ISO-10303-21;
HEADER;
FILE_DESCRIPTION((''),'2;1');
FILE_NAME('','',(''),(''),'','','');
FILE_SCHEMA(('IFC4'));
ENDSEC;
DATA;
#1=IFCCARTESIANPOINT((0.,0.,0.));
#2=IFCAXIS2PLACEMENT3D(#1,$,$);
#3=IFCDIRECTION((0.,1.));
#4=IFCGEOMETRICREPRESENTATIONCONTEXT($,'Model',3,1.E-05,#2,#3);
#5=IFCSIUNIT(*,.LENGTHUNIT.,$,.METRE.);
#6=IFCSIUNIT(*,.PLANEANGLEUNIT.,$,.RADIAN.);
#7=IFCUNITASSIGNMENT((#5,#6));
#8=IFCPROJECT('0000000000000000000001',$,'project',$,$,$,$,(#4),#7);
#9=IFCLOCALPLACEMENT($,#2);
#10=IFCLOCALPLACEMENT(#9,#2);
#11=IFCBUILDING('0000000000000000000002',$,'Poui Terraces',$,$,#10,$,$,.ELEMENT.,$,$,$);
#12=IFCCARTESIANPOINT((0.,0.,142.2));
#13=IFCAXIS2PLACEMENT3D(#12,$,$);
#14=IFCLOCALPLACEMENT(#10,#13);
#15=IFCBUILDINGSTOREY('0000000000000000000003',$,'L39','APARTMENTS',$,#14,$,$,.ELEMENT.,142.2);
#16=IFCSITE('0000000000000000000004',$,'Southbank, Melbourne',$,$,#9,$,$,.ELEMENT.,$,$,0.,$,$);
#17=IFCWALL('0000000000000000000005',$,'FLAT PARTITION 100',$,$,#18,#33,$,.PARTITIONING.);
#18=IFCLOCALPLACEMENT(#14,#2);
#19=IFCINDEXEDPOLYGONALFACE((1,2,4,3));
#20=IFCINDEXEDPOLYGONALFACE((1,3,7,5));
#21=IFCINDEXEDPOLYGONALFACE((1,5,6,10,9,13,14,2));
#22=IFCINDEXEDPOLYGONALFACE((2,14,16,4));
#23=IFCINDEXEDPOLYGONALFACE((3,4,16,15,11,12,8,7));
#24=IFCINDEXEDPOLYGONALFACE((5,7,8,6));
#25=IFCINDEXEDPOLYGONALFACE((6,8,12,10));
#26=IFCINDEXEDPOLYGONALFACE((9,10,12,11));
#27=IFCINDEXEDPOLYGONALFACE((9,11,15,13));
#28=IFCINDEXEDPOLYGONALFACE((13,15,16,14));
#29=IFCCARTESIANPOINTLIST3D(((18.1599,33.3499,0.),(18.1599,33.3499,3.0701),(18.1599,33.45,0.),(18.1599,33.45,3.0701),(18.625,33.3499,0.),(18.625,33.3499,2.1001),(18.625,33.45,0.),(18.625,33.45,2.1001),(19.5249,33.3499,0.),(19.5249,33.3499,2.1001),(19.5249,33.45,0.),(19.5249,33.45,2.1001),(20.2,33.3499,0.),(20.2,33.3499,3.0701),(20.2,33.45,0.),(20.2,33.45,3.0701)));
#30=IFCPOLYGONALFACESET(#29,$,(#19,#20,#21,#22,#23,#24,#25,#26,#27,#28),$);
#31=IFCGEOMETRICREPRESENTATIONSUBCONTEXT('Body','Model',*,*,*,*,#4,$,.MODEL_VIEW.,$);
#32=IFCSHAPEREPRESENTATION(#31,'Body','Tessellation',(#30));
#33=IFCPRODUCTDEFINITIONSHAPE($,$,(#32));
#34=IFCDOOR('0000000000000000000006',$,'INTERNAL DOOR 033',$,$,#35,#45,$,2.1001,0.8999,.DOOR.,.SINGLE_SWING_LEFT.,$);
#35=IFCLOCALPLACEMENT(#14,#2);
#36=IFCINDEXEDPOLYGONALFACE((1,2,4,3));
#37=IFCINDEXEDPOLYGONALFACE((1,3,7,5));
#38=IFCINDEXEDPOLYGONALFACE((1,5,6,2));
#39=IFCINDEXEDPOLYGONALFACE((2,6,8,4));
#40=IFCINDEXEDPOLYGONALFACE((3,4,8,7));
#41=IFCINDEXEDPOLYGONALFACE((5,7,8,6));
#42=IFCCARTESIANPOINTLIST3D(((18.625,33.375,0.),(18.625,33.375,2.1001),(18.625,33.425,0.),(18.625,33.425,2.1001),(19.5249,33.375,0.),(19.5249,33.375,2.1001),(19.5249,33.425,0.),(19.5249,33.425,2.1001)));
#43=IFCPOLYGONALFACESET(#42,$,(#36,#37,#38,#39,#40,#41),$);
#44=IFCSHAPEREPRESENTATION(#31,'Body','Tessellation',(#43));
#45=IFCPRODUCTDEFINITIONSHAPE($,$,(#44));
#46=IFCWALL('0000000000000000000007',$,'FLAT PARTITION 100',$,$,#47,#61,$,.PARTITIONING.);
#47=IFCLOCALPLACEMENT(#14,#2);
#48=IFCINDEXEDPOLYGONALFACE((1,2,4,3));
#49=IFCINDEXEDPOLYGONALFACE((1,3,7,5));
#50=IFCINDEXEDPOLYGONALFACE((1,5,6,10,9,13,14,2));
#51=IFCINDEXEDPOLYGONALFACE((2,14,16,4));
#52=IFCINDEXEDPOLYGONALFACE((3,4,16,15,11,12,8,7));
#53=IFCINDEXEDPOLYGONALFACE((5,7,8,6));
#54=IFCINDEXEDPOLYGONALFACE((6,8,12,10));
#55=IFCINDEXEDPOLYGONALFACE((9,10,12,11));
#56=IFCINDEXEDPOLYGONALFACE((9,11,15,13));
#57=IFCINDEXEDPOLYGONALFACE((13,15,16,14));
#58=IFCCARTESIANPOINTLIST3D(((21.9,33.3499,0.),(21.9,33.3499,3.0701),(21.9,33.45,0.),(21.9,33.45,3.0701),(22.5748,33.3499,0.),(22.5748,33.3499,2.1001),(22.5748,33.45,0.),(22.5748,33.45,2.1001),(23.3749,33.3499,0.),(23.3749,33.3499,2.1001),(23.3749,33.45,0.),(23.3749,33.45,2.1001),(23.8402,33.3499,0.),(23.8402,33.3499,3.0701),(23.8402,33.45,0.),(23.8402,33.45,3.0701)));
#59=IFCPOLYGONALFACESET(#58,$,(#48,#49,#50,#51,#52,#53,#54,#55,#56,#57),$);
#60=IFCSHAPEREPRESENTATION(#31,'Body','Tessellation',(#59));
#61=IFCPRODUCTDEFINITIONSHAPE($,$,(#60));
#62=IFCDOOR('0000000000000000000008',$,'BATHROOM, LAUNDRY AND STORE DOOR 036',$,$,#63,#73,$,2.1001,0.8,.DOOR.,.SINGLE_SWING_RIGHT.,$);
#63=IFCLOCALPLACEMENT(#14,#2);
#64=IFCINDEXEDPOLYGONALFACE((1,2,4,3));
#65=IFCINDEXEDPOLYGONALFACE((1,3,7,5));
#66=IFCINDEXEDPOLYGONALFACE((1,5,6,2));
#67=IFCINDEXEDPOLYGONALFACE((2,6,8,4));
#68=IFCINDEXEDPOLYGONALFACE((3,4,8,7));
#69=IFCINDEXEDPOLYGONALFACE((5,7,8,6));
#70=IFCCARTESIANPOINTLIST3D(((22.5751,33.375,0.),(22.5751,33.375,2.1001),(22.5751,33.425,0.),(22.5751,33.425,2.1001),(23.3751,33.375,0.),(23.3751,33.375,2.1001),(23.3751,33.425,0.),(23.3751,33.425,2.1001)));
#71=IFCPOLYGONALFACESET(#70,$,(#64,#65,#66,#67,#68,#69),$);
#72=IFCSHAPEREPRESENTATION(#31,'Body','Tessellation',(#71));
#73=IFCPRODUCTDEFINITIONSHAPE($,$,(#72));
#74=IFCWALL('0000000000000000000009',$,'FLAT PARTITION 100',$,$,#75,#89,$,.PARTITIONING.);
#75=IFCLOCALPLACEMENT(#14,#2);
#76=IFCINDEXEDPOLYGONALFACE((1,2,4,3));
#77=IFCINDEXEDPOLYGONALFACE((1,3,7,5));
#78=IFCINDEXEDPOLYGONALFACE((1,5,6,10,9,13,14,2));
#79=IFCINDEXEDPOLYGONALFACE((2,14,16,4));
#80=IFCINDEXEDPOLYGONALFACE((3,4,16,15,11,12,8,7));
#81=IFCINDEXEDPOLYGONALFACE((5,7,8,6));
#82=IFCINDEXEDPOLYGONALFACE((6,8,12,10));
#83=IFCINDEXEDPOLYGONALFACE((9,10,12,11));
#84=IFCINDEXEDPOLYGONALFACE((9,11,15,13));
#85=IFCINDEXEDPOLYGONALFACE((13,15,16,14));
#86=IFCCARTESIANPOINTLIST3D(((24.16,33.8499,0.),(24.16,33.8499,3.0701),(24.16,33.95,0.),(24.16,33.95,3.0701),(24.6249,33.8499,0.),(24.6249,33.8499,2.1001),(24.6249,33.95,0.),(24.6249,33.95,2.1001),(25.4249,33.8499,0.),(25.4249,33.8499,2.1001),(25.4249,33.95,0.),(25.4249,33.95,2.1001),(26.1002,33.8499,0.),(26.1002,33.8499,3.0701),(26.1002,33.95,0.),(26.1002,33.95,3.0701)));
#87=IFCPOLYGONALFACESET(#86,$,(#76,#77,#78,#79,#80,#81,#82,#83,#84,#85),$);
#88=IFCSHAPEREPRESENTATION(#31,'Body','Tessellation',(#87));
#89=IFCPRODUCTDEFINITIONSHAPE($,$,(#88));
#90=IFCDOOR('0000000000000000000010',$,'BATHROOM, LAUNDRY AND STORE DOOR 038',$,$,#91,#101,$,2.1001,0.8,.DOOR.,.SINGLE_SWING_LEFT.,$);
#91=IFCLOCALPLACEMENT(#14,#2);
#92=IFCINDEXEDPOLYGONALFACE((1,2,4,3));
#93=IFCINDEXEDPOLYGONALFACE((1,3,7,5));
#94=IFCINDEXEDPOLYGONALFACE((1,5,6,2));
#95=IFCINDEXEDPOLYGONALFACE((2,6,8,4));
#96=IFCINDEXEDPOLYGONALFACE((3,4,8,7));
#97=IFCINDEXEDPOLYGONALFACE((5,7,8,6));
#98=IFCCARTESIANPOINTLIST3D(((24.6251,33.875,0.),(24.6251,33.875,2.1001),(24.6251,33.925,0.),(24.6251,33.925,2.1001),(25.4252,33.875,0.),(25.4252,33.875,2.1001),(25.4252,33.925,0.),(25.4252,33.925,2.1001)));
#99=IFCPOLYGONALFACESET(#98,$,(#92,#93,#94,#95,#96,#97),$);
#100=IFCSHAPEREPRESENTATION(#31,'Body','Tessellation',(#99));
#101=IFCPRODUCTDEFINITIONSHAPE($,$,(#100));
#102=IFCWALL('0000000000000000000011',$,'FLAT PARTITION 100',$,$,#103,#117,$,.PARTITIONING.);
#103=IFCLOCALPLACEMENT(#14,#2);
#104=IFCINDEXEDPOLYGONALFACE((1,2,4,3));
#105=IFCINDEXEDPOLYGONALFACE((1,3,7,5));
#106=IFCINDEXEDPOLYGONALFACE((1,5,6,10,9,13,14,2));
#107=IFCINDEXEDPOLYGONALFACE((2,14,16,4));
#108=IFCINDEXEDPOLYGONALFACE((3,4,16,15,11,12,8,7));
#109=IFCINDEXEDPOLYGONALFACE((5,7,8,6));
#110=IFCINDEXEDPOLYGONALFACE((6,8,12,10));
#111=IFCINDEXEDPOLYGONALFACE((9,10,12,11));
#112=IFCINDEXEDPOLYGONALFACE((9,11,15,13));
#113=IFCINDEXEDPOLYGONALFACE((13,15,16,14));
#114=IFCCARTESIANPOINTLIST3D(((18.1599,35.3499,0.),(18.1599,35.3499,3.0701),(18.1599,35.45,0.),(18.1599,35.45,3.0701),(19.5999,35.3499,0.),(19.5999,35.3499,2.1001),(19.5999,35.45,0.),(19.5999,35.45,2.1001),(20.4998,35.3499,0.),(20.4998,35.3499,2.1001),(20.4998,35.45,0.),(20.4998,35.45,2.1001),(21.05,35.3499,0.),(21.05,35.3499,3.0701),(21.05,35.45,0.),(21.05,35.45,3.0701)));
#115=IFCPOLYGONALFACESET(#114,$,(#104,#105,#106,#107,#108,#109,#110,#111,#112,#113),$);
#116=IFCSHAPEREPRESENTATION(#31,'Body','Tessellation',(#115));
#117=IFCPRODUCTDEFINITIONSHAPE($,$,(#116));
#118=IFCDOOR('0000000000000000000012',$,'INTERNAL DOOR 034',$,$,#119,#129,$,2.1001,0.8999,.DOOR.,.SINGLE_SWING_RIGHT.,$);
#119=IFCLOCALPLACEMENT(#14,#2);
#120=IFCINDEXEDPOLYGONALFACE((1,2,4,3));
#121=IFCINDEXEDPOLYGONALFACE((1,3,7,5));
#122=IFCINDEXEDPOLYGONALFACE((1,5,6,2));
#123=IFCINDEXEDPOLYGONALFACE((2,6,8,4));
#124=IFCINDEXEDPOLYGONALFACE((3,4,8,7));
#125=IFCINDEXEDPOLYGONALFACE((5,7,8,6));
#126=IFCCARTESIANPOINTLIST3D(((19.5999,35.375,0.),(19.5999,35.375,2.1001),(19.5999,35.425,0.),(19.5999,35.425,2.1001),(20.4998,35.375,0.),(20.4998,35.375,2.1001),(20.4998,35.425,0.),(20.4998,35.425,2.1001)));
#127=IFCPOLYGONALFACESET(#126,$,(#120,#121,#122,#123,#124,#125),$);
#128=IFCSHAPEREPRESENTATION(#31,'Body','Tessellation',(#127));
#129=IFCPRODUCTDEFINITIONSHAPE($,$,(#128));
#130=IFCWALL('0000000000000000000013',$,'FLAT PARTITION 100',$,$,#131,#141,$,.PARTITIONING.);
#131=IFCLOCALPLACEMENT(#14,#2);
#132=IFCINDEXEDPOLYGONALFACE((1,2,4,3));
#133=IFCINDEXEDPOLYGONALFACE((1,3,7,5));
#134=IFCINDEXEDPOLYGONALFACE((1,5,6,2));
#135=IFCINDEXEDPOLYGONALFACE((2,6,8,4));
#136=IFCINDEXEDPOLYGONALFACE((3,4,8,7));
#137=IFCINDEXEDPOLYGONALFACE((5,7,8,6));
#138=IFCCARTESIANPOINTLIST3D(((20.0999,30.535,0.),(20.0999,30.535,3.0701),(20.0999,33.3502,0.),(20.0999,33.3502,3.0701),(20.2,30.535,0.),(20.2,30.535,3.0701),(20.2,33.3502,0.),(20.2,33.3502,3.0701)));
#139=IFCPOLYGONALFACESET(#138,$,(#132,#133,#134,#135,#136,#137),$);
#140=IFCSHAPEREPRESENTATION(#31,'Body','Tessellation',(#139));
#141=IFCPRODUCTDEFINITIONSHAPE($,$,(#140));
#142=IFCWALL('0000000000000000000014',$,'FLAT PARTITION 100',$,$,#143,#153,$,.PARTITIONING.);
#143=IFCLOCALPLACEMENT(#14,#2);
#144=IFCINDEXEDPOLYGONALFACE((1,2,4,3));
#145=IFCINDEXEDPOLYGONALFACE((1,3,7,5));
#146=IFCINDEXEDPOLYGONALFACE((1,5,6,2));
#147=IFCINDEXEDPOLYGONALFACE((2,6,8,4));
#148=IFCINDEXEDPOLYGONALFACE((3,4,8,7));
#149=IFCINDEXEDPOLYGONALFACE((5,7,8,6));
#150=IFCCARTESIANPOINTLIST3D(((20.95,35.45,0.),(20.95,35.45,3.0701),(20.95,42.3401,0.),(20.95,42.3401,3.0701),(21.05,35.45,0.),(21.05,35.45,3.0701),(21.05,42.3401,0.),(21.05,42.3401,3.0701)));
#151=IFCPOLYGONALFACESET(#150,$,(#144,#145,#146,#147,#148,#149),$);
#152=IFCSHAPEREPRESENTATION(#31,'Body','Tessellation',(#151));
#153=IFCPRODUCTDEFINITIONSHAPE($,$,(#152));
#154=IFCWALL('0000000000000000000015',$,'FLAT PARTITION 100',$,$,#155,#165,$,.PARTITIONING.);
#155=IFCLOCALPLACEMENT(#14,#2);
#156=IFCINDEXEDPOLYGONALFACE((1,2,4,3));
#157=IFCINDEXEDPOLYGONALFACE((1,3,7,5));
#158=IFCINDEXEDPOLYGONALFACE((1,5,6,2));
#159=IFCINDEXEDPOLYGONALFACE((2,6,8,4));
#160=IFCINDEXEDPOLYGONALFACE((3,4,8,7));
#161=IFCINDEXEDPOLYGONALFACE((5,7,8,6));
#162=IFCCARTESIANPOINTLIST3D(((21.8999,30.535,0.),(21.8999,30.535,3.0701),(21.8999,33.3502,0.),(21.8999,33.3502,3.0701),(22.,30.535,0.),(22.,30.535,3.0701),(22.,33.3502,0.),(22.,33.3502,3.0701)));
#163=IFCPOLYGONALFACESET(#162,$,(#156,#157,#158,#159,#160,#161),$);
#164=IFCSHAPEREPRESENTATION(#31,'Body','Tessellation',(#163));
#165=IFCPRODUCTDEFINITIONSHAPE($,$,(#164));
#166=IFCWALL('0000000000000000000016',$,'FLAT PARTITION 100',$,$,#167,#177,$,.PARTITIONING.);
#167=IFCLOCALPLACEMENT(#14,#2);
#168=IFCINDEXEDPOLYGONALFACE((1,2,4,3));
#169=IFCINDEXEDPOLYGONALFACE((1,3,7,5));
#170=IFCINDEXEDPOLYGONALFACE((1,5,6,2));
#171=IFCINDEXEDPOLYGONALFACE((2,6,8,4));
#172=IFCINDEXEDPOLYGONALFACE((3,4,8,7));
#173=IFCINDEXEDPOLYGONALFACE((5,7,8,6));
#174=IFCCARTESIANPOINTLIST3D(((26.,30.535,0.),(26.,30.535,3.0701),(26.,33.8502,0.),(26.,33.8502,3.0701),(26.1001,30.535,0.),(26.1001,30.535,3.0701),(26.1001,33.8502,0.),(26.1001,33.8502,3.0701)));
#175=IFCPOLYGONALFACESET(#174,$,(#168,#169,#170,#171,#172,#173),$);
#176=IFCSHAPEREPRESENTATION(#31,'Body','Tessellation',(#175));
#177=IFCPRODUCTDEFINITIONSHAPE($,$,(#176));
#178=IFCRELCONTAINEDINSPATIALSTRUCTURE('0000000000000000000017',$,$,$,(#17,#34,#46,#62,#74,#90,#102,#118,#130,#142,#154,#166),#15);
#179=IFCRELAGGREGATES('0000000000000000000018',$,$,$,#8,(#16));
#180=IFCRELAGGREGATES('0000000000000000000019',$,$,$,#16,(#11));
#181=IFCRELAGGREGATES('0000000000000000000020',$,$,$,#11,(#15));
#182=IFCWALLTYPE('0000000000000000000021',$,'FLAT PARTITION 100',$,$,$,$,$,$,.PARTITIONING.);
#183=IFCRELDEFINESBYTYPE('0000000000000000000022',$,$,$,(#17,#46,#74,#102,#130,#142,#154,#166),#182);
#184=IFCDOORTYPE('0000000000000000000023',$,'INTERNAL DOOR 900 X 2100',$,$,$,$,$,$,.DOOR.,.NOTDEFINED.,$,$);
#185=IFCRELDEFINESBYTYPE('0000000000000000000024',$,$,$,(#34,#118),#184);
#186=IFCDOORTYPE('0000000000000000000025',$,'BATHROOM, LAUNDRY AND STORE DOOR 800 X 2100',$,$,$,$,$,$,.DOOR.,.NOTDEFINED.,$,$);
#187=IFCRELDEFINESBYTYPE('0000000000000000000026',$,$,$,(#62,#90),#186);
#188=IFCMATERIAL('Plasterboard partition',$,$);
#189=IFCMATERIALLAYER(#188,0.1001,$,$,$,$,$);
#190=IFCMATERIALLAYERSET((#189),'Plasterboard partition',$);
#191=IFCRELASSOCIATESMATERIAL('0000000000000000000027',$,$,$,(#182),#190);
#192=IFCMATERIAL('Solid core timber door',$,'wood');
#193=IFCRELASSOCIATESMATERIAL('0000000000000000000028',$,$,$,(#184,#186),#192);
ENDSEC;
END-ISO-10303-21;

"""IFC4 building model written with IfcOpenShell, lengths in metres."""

from ifc_helpers import new_model, si_unit, direction, frame, frame_2d, origin, place, context, subcontext, project, spatial, rectangle, extrude, material, layer, layer_set, type_object, element, fill, save


model = new_model("IFC4")

# Units and contexts
model_context = context("Model", 3, precision=1e-05, world=origin(), true_north=direction((0.0, 1.0)))
body_context = subcontext(model_context, "Body", "Model", "MODEL_VIEW")
ifc_project = project(units=[si_unit("LENGTHUNIT", "METRE"), si_unit("PLANEANGLEUNIT", "RADIAN")], contexts=[model_context])

# Site, building, storey
site_placement = place(None, origin())
site = spatial("IfcSite", under=ifc_project, at=site_placement, Name="Southbank, Melbourne", CompositionType="ELEMENT", RefElevation=0.0)
building_placement = place(site_placement, origin())
building = spatial("IfcBuilding", under=site, at=building_placement, Name="Poui Terraces", CompositionType="ELEMENT")
storey_placement = place(building_placement, frame((0.0, 0.0, 142.2)))
storey = spatial("IfcBuildingStorey", under=building, at=storey_placement, Name="L39", Description="APARTMENTS", CompositionType="ELEMENT", Elevation=142.2)

# Shared definitions
ifc_material_1 = material(Name="Solid core timber door", Category="wood")

# Walls, openings, doors
ifc_material_2 = material(Name="Plasterboard partition")
ifc_layer_1 = layer(ifc_material_2, 0.1001)
ifc_layer_set_1 = layer_set([ifc_layer_1], Name="Plasterboard partition")
wall_type_1 = type_object("IfcWallType", Name="FLAT PARTITION 100", PredefinedType="PARTITIONING", material=ifc_layer_set_1)
wall_1_placement = place(storey_placement, frame((18.1599, 33.3999, 0.0), z_axis=(0.0, 0.0, 1.0), x_axis=(1.0, 0.0, 0.0)))
wall_1 = element("IfcWall", 1, at=wall_1_placement, inside=storey, type_object=wall_type_1, Name="FLAT PARTITION 100", PredefinedType="PARTITIONING", context=body_context, shape_type="SweptSolid", body=[
    extrude(rectangle(XDim=2.04, YDim=0.1001, at=frame_2d((1.02, 0.0))), origin(), (0.0, 0.0, 1.0), 3.0701),
])
opening_1_placement = place(wall_1_placement, frame((0.4651, 0.0, 0.0)))
opening_1 = element("IfcOpeningElement", 2, at=opening_1_placement, cuts=wall_1, PredefinedType="OPENING", context=body_context, shape_type="SweptSolid", body=[
    extrude(rectangle(XDim=0.8999, YDim=2.1001, at=frame_2d((0.45, 1.05))), frame((0.0, 0.0601, 0.0), z_axis=(0.0, -1.0, 0.0), x_axis=(1.0, 0.0, 0.0)), (0.0, 0.0, 1.0), 0.1201),
])
door_type_1 = type_object("IfcDoorType", Name="INTERNAL DOOR 900 X 2100", OperationType="NOTDEFINED", PredefinedType="DOOR", material=ifc_material_1)
door_1_placement = place(opening_1_placement, frame((0.8999, 0.0, 0.0), z_axis=(0.0, 0.0, 1.0), x_axis=(-1.0, 0.0, 0.0)))
door_1 = element("IfcDoor", 3, at=door_1_placement, inside=storey, type_object=door_type_1, Name="INTERNAL DOOR 033", OperationType="SINGLE_SWING_LEFT", OverallHeight=2.1001, OverallWidth=0.8999, PredefinedType="DOOR", context=body_context, shape_type="SweptSolid", body=[
    extrude(rectangle(XDim=0.8999, YDim=2.1001, at=frame_2d((0.45, 1.05))), frame((0.0, 0.0249, 0.0), z_axis=(0.0, -1.0, 0.0), x_axis=(1.0, 0.0, 0.0)), (0.0, 0.0, 1.0), 0.05),
])
fill(opening_1, door_1)
wall_2_placement = place(storey_placement, frame((21.8999, 33.3999, 0.0), z_axis=(0.0, 0.0, 1.0), x_axis=(1.0, 0.0, 0.0)))
wall_2 = element("IfcWall", 4, at=wall_2_placement, inside=storey, type_object=wall_type_1, Name="FLAT PARTITION 100", PredefinedType="PARTITIONING", context=body_context, shape_type="SweptSolid", body=[
    extrude(rectangle(XDim=1.9402, YDim=0.1001, at=frame_2d((0.9702, 0.0))), origin(), (0.0, 0.0, 1.0), 3.0701),
])
opening_2_placement = place(wall_2_placement, frame((0.675, 0.0, 0.0)))
opening_2 = element("IfcOpeningElement", 5, at=opening_2_placement, cuts=wall_2, PredefinedType="OPENING", context=body_context, shape_type="SweptSolid", body=[
    extrude(rectangle(XDim=0.8, YDim=2.1001, at=frame_2d((0.3999, 1.05))), frame((0.0, 0.0601, 0.0), z_axis=(0.0, -1.0, 0.0), x_axis=(1.0, 0.0, 0.0)), (0.0, 0.0, 1.0), 0.1201),
])
door_type_2 = type_object("IfcDoorType", Name="BATHROOM, LAUNDRY AND STORE DOOR 800 X 2100", OperationType="NOTDEFINED", PredefinedType="DOOR", material=ifc_material_1)
door_2_placement = place(opening_2_placement, frame((0.8, 0.0, 0.0), z_axis=(0.0, 0.0, 1.0), x_axis=(-1.0, 0.0, 0.0)))
door_2 = element("IfcDoor", 6, at=door_2_placement, inside=storey, type_object=door_type_2, Name="BATHROOM, LAUNDRY AND STORE DOOR 036", OperationType="SINGLE_SWING_RIGHT", OverallHeight=2.1001, OverallWidth=0.8, PredefinedType="DOOR", context=body_context, shape_type="SweptSolid", body=[
    extrude(rectangle(XDim=0.8, YDim=2.1001, at=frame_2d((0.3999, 1.05))), frame((0.0, 0.0249, 0.0), z_axis=(0.0, -1.0, 0.0), x_axis=(1.0, 0.0, 0.0)), (0.0, 0.0, 1.0), 0.05),
])
fill(opening_2, door_2)
wall_3_placement = place(storey_placement, frame((24.1599, 33.8999, 0.0), z_axis=(0.0, 0.0, 1.0), x_axis=(1.0, 0.0, 0.0)))
wall_3 = element("IfcWall", 7, at=wall_3_placement, inside=storey, type_object=wall_type_1, Name="FLAT PARTITION 100", PredefinedType="PARTITIONING", context=body_context, shape_type="SweptSolid", body=[
    extrude(rectangle(XDim=1.9402, YDim=0.1001, at=frame_2d((0.9702, 0.0))), origin(), (0.0, 0.0, 1.0), 3.0701),
])
opening_3_placement = place(wall_3_placement, frame((0.4651, 0.0, 0.0)))
opening_3 = element("IfcOpeningElement", 8, at=opening_3_placement, cuts=wall_3, PredefinedType="OPENING", context=body_context, shape_type="SweptSolid", body=[
    extrude(rectangle(XDim=0.8, YDim=2.1001, at=frame_2d((0.3999, 1.05))), frame((0.0, 0.0601, 0.0), z_axis=(0.0, -1.0, 0.0), x_axis=(1.0, 0.0, 0.0)), (0.0, 0.0, 1.0), 0.1201),
])
door_3_placement = place(opening_3_placement, frame((0.8, 0.0, 0.0), z_axis=(0.0, 0.0, 1.0), x_axis=(-1.0, 0.0, 0.0)))
door_3 = element("IfcDoor", 9, at=door_3_placement, inside=storey, type_object=door_type_2, Name="BATHROOM, LAUNDRY AND STORE DOOR 038", OperationType="SINGLE_SWING_LEFT", OverallHeight=2.1001, OverallWidth=0.8, PredefinedType="DOOR", context=body_context, shape_type="SweptSolid", body=[
    extrude(rectangle(XDim=0.8, YDim=2.1001, at=frame_2d((0.3999, 1.05))), frame((0.0, 0.0249, 0.0), z_axis=(0.0, -1.0, 0.0), x_axis=(1.0, 0.0, 0.0)), (0.0, 0.0, 1.0), 0.05),
])
fill(opening_3, door_3)
wall_4_placement = place(storey_placement, frame((18.1599, 35.3999, 0.0), z_axis=(0.0, 0.0, 1.0), x_axis=(1.0, 0.0, 0.0)))
wall_4 = element("IfcWall", 10, at=wall_4_placement, inside=storey, type_object=wall_type_1, Name="FLAT PARTITION 100", PredefinedType="PARTITIONING", context=body_context, shape_type="SweptSolid", body=[
    extrude(rectangle(XDim=2.8901, YDim=0.1001, at=frame_2d((1.4451, 0.0))), origin(), (0.0, 0.0, 1.0), 3.0701),
])
opening_4_placement = place(wall_4_placement, frame((1.4399, 0.0, 0.0)))
opening_4 = element("IfcOpeningElement", 11, at=opening_4_placement, cuts=wall_4, PredefinedType="OPENING", context=body_context, shape_type="SweptSolid", body=[
    extrude(rectangle(XDim=0.8999, YDim=2.1001, at=frame_2d((0.45, 1.05))), frame((0.0, 0.0601, 0.0), z_axis=(0.0, -1.0, 0.0), x_axis=(1.0, 0.0, 0.0)), (0.0, 0.0, 1.0), 0.1201),
])
door_4_placement = place(opening_4_placement, frame((0.8999, 0.0, 0.0), z_axis=(0.0, 0.0, 1.0), x_axis=(-1.0, 0.0, 0.0)))
door_4 = element("IfcDoor", 12, at=door_4_placement, inside=storey, type_object=door_type_1, Name="INTERNAL DOOR 034", OperationType="SINGLE_SWING_RIGHT", OverallHeight=2.1001, OverallWidth=0.8999, PredefinedType="DOOR", context=body_context, shape_type="SweptSolid", body=[
    extrude(rectangle(XDim=0.8999, YDim=2.1001, at=frame_2d((0.45, 1.05))), frame((0.0, 0.0249, 0.0), z_axis=(0.0, -1.0, 0.0), x_axis=(1.0, 0.0, 0.0)), (0.0, 0.0, 1.0), 0.05),
])
fill(opening_4, door_4)

# Walls
wall_5_placement = place(storey_placement, frame((20.1499, 30.5349, 0.0), z_axis=(0.0, 0.0, 1.0), x_axis=(0.0, 1.0, 0.0)))
element("IfcWall", 13, at=wall_5_placement, inside=storey, type_object=wall_type_1, Name="FLAT PARTITION 100", PredefinedType="PARTITIONING", context=body_context, shape_type="SweptSolid", body=[
    extrude(rectangle(XDim=2.8152, YDim=0.1001, at=frame_2d((1.4077, 0.0))), origin(), (0.0, 0.0, 1.0), 3.0701),
])
wall_6_placement = place(storey_placement, frame((21.0, 35.45, 0.0), z_axis=(0.0, 0.0, 1.0), x_axis=(0.0, 1.0, 0.0)))
element("IfcWall", 14, at=wall_6_placement, inside=storey, type_object=wall_type_1, Name="FLAT PARTITION 100", PredefinedType="PARTITIONING", context=body_context, shape_type="SweptSolid", body=[
    extrude(rectangle(XDim=6.8901, YDim=0.1001, at=frame_2d((3.4451, 0.0))), origin(), (0.0, 0.0, 1.0), 3.0701),
])
wall_7_placement = place(storey_placement, frame((21.95, 30.5349, 0.0), z_axis=(0.0, 0.0, 1.0), x_axis=(0.0, 1.0, 0.0)))
element("IfcWall", 15, at=wall_7_placement, inside=storey, type_object=wall_type_1, Name="FLAT PARTITION 100", PredefinedType="PARTITIONING", context=body_context, shape_type="SweptSolid", body=[
    extrude(rectangle(XDim=2.8152, YDim=0.1001, at=frame_2d((1.4077, 0.0))), origin(), (0.0, 0.0, 1.0), 3.0701),
])
wall_8_placement = place(storey_placement, frame((26.05, 30.5349, 0.0), z_axis=(0.0, 0.0, 1.0), x_axis=(0.0, 1.0, 0.0)))
element("IfcWall", 16, at=wall_8_placement, inside=storey, type_object=wall_type_1, Name="FLAT PARTITION 100", PredefinedType="PARTITIONING", context=body_context, shape_type="SweptSolid", body=[
    extrude(rectangle(XDim=3.3152, YDim=0.1001, at=frame_2d((1.6577, 0.0))), origin(), (0.0, 0.0, 1.0), 3.0701),
])

save(model, "model.ifc")
